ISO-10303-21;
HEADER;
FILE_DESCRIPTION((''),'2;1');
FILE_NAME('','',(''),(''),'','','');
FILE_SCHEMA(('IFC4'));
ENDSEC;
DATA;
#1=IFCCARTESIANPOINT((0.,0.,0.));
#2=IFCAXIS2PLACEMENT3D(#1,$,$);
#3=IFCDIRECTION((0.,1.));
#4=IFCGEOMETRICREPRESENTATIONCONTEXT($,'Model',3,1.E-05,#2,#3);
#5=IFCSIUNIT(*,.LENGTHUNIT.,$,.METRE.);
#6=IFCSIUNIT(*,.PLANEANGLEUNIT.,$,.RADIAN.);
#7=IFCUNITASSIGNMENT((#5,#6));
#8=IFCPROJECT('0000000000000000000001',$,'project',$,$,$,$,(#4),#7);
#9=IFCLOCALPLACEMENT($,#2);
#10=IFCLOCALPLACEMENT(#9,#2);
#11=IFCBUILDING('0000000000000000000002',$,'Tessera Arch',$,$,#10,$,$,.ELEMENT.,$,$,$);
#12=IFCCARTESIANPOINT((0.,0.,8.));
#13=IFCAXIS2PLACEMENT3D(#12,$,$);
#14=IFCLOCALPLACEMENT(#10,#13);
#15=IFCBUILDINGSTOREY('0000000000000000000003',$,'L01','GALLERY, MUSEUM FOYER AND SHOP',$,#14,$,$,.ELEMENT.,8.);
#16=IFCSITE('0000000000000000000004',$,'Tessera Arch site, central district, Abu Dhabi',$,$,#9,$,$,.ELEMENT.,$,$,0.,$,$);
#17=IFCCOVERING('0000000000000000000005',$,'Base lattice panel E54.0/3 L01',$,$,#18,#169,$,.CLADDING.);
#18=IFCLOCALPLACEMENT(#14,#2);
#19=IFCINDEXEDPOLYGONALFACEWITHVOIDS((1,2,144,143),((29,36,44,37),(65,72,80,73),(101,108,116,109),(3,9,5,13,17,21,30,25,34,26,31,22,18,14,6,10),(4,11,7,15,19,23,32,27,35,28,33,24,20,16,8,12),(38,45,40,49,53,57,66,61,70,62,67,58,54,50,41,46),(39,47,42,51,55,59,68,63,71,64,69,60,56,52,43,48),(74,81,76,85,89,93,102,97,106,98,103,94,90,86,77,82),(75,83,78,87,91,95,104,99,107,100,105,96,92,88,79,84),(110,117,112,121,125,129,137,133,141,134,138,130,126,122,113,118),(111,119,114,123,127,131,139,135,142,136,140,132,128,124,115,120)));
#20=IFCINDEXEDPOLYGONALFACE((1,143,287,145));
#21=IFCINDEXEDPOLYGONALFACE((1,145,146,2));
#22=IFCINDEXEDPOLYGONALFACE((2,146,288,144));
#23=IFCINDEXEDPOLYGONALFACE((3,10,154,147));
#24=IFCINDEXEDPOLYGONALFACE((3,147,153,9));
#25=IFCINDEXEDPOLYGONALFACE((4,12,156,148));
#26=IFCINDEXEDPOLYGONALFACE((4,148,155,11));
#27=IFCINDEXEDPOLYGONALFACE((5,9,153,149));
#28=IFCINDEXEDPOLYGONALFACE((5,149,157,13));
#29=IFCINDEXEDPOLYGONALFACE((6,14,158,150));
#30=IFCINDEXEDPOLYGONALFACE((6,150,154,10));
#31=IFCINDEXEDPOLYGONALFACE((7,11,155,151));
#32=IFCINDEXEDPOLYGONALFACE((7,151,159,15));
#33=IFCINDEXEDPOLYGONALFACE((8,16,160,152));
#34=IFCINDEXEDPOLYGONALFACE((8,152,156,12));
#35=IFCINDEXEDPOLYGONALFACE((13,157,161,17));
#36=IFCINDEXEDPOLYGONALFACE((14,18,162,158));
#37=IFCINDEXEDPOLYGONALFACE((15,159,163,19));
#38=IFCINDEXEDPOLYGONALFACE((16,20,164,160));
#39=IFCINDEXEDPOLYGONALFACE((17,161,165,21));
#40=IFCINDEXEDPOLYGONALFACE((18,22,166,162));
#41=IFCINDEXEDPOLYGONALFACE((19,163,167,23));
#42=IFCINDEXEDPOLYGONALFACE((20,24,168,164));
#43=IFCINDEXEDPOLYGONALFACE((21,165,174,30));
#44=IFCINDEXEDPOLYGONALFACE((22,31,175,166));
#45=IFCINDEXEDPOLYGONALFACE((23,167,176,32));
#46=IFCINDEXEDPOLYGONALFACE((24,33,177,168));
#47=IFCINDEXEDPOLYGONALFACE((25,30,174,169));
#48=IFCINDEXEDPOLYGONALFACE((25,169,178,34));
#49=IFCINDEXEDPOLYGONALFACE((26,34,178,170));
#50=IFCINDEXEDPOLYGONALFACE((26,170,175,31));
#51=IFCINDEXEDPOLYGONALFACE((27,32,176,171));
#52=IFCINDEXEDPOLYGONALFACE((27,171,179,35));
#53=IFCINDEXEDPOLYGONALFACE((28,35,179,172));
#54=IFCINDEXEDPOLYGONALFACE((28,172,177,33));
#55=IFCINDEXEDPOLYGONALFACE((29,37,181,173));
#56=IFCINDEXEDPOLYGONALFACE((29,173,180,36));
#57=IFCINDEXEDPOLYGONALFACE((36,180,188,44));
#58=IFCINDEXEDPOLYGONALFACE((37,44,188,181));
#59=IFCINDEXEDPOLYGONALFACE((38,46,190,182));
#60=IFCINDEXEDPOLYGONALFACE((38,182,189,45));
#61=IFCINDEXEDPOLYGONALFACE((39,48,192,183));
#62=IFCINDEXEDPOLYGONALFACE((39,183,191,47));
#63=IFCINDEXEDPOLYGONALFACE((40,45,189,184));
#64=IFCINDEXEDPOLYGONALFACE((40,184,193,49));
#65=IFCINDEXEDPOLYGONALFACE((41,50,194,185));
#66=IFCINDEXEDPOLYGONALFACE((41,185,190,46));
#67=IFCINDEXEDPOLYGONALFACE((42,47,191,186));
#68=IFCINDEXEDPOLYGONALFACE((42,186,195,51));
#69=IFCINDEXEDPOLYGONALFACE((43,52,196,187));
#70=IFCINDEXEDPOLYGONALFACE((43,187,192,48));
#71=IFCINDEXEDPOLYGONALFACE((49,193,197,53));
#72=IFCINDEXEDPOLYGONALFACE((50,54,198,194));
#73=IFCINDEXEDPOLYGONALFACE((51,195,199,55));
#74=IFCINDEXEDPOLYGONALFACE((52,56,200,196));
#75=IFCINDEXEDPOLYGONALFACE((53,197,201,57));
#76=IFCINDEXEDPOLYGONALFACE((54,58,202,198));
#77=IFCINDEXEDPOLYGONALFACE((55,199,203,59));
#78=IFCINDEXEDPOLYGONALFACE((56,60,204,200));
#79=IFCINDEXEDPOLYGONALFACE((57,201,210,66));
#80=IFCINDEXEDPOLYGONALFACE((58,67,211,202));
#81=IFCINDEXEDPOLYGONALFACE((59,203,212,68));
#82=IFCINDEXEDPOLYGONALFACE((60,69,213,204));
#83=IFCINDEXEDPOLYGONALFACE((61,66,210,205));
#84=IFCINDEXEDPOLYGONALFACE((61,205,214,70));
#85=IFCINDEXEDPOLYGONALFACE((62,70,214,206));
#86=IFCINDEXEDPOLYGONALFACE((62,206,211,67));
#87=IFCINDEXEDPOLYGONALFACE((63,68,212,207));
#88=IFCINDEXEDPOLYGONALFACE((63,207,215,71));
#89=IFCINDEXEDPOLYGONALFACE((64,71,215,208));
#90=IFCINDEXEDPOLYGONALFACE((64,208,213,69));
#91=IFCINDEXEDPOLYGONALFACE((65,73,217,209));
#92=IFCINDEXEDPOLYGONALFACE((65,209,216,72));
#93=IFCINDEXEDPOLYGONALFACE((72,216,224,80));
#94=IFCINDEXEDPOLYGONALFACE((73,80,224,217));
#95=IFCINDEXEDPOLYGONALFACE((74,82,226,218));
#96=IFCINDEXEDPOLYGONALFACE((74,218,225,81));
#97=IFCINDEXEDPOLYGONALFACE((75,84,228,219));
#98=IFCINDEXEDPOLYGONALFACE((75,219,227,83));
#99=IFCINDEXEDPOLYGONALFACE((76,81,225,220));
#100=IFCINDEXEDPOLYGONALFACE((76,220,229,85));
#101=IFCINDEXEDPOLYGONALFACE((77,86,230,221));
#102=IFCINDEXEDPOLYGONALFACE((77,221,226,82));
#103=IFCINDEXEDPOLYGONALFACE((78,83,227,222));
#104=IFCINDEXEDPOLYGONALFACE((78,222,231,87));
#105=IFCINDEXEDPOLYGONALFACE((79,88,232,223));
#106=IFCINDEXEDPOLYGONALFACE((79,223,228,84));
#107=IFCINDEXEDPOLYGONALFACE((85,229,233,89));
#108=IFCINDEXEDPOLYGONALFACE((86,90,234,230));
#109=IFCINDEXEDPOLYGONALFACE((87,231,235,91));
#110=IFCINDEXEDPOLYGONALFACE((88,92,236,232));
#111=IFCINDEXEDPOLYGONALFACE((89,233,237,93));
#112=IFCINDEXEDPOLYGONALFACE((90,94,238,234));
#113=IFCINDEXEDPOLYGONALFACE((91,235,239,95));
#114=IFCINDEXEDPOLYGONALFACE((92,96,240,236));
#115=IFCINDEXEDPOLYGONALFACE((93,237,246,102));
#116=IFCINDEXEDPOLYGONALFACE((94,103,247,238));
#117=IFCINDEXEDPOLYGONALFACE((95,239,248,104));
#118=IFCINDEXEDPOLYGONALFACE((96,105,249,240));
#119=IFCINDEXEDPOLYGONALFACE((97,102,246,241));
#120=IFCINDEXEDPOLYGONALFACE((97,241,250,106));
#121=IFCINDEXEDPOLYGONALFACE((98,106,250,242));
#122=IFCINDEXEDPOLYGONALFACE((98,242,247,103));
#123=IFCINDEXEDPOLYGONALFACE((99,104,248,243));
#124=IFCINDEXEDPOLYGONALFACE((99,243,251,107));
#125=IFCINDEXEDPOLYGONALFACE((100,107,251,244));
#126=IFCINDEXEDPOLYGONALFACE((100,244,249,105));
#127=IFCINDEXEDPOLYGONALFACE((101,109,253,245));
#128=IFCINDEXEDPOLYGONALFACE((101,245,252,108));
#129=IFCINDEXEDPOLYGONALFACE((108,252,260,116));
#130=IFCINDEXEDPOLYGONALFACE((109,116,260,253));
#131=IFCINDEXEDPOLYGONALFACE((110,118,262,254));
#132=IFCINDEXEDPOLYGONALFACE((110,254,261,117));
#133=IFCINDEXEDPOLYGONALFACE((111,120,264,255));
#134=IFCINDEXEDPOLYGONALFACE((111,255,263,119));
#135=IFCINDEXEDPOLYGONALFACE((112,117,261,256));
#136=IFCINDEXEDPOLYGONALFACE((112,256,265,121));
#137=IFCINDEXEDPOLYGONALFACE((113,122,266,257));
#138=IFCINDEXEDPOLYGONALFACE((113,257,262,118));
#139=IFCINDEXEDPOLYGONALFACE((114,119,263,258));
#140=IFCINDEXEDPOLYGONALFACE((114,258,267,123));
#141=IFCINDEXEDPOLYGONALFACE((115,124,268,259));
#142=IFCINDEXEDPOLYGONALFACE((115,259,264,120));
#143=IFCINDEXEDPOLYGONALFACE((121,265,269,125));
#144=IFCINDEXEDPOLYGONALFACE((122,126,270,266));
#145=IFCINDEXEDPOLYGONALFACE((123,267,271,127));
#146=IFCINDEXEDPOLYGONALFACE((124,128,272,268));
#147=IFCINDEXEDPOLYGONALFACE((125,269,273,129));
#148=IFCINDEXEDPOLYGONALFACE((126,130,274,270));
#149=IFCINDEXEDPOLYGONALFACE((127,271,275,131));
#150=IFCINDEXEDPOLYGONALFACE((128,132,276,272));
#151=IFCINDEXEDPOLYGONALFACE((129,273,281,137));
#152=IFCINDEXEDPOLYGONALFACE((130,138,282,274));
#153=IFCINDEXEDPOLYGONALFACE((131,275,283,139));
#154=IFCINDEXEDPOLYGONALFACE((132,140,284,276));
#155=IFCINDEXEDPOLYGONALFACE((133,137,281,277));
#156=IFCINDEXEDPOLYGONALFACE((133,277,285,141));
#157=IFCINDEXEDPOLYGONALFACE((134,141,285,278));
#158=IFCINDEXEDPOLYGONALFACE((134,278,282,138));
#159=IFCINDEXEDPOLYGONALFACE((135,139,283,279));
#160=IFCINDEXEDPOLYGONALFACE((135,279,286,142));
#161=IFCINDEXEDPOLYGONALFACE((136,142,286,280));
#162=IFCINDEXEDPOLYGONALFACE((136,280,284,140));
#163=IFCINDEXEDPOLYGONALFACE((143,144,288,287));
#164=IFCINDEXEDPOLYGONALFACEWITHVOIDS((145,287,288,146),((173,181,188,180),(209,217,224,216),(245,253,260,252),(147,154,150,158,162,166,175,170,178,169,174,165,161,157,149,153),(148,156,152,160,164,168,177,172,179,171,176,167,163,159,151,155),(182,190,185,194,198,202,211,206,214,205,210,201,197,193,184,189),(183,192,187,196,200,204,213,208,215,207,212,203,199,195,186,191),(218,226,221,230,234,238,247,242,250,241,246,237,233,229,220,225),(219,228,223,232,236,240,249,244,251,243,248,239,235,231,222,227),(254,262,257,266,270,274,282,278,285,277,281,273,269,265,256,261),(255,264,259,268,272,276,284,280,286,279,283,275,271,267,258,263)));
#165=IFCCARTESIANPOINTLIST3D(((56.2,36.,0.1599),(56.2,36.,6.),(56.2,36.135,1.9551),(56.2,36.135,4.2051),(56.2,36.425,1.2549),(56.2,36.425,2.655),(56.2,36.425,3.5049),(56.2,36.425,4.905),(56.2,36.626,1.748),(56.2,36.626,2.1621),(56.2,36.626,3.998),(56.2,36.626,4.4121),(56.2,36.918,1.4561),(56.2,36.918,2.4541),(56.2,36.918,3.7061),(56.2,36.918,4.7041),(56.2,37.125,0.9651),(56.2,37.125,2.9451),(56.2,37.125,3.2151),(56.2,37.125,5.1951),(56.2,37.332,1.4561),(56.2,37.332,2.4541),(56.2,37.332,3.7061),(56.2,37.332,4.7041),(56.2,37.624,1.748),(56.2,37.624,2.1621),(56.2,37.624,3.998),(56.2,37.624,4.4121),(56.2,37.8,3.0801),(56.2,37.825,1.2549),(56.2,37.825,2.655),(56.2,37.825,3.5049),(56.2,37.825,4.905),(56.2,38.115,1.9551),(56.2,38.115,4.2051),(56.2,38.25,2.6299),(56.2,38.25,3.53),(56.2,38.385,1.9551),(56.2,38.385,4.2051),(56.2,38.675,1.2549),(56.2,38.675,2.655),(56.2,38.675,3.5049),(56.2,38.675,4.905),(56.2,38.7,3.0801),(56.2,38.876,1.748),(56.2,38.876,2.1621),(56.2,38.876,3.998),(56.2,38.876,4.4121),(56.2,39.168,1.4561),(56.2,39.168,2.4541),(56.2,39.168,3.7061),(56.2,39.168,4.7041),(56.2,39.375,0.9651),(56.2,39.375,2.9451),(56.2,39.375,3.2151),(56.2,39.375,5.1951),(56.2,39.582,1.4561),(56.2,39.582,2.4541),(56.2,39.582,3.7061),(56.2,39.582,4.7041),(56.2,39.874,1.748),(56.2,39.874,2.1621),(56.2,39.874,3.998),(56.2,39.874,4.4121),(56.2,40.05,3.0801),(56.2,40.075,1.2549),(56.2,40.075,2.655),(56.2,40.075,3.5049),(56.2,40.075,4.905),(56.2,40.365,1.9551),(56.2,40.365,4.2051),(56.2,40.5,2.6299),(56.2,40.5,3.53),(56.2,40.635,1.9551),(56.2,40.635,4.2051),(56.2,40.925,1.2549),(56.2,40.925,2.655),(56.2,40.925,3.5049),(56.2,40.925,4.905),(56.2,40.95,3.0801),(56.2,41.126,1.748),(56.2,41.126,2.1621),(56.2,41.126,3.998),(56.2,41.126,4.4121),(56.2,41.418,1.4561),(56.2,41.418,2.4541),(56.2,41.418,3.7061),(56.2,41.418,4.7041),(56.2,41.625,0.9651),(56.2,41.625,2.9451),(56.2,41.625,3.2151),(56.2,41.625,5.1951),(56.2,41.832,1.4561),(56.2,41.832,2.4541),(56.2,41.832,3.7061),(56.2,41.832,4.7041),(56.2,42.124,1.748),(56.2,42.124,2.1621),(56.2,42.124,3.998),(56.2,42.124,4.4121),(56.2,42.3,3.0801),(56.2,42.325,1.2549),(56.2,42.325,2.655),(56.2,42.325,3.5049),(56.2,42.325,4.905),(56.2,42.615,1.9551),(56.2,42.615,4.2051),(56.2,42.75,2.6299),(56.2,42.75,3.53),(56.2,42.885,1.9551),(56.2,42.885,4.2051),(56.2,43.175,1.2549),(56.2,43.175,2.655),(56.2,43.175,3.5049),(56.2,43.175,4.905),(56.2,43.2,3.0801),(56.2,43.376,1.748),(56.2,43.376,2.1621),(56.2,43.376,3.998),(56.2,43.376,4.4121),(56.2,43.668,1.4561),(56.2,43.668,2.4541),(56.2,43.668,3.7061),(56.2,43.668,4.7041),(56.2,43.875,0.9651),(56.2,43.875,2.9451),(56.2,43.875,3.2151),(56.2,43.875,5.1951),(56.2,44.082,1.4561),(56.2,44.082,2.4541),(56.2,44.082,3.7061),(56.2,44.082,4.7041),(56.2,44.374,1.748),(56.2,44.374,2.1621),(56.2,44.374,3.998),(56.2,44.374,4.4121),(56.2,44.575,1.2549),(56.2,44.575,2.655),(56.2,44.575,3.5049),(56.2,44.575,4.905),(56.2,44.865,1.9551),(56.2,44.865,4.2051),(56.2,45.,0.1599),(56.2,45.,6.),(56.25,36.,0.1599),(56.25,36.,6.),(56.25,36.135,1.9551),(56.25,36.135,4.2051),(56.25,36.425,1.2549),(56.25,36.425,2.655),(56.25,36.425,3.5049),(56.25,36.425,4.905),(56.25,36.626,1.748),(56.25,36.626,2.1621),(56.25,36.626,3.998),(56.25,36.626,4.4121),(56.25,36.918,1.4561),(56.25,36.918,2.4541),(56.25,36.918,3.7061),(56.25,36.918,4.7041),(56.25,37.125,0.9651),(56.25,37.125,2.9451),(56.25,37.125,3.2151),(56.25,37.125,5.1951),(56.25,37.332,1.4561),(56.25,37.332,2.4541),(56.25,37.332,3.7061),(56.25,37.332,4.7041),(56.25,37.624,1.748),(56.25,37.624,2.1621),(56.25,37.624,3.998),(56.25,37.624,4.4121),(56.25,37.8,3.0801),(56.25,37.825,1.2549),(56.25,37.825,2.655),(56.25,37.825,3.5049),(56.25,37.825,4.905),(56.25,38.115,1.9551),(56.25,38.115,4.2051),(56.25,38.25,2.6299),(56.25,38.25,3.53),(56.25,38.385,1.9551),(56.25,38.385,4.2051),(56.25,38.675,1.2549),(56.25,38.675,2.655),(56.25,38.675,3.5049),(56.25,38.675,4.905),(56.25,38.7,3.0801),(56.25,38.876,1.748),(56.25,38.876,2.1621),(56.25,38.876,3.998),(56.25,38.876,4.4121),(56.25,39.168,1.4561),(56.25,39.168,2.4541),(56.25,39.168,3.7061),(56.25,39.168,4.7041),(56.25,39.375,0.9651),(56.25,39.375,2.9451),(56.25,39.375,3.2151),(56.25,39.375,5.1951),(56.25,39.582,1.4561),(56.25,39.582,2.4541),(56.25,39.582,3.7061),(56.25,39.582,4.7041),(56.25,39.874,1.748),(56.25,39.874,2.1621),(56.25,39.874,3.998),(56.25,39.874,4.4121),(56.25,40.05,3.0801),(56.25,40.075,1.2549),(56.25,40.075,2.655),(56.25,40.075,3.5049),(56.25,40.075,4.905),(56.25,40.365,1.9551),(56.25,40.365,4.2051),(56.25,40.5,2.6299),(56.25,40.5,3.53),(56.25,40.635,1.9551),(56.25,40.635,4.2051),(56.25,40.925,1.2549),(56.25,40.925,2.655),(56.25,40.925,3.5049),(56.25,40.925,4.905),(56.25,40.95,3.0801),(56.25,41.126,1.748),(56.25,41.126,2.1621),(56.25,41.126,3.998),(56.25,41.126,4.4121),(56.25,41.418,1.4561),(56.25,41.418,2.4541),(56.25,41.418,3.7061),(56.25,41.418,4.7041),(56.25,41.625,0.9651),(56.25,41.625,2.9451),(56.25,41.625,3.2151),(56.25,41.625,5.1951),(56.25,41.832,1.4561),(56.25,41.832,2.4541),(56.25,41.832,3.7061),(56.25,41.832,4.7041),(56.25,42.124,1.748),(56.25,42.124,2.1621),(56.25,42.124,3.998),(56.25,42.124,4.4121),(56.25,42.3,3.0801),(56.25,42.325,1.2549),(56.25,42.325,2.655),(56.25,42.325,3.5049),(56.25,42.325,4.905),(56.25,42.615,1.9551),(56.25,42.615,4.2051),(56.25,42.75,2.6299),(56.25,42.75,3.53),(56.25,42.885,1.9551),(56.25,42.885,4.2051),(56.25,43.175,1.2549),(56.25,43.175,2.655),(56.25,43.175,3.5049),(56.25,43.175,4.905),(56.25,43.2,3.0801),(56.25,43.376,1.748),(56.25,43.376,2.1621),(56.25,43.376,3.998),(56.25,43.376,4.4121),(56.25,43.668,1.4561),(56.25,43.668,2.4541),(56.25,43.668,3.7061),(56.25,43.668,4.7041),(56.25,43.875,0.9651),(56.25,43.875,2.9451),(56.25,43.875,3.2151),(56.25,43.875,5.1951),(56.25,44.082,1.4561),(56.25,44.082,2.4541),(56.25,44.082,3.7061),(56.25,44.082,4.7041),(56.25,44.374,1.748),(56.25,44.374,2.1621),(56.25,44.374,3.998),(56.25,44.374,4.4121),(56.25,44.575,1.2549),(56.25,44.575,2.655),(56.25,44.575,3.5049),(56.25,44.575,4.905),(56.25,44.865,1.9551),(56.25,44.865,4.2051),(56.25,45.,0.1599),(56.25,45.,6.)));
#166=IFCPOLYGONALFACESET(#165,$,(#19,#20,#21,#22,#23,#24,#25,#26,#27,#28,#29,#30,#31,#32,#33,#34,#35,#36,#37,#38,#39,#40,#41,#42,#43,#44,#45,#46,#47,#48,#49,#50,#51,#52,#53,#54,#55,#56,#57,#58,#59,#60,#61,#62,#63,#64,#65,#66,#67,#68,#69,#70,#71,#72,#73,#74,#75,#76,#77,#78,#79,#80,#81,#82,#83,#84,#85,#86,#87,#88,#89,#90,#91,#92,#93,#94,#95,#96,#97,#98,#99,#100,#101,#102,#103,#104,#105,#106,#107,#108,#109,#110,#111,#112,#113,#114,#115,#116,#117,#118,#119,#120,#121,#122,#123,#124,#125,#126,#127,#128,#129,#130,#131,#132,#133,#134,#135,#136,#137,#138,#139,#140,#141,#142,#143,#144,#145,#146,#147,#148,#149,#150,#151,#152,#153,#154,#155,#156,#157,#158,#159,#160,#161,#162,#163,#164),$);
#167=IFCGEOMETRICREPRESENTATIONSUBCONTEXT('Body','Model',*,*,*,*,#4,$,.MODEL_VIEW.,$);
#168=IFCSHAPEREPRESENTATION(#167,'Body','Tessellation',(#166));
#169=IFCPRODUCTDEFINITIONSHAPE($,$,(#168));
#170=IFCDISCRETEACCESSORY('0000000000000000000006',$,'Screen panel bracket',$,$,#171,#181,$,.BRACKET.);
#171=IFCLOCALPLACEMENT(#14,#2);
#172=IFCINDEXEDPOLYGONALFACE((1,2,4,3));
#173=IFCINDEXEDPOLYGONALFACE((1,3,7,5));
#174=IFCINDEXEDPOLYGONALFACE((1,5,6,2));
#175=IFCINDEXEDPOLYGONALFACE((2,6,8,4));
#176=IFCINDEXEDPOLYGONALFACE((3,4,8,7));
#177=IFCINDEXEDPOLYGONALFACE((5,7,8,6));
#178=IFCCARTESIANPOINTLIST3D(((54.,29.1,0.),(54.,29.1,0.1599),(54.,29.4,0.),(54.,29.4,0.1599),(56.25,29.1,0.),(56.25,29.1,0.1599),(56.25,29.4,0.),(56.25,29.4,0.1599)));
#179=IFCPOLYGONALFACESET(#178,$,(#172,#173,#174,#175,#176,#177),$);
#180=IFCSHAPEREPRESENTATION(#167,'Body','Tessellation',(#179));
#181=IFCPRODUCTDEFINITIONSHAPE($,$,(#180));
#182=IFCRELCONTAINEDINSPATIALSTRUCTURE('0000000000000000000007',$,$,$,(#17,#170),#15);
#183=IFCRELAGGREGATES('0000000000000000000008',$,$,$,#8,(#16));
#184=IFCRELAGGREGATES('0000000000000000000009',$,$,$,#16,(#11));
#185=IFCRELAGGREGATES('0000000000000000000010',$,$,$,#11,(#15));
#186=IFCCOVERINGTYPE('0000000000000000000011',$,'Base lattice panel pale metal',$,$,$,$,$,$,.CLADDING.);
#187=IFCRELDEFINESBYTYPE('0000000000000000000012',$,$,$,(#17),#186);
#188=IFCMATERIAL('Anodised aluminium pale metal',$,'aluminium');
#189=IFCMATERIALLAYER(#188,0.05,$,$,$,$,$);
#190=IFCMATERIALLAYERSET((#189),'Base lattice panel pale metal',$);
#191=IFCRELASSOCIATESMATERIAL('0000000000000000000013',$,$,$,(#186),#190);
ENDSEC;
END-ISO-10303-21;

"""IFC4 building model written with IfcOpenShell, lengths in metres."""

from ifc_helpers import new_model, si_unit, direction, frame, origin, origin_2d, place, context, subcontext, project, spatial, polyline, rectangle, outline, extrude, material, layer, layer_set, type_object, element, save


model = new_model("IFC4")

# Units and contexts
model_context = context("Model", 3, precision=1e-05, world=origin(), true_north=direction((0.0, 1.0)))
body_context = subcontext(model_context, "Body", "Model", "MODEL_VIEW")
ifc_project = project(units=[si_unit("LENGTHUNIT", "METRE"), si_unit("PLANEANGLEUNIT", "RADIAN")], contexts=[model_context])

# Site, building, storey
site_placement = place(None, origin())
site = spatial("IfcSite", under=ifc_project, at=site_placement, Name="Tessera Arch site, central district, Abu Dhabi", CompositionType="ELEMENT", RefElevation=0.0)
building_placement = place(site_placement, origin())
building = spatial("IfcBuilding", under=site, at=building_placement, Name="Tessera Arch", CompositionType="ELEMENT")
storey_placement = place(building_placement, frame((0.0, 0.0, 8.0)))
storey = spatial("IfcBuildingStorey", under=building, at=storey_placement, Name="L01", Description="GALLERY, MUSEUM FOYER AND SHOP", CompositionType="ELEMENT", Elevation=8.0)

# Covering
ifc_material_1 = material(Name="Anodised aluminium pale metal", Category="aluminium")
ifc_layer_1 = layer(ifc_material_1, 0.05)
ifc_layer_set_1 = layer_set([ifc_layer_1], Name="Base lattice panel pale metal")
covering_type = type_object("IfcCoveringType", Name="Base lattice panel pale metal", PredefinedType="CLADDING", material=ifc_layer_set_1)
covering_placement = place(storey_placement, frame((56.2, 36.0, 6.0), z_axis=(-1.0, 0.0, 0.0), x_axis=(0.0, 1.0, 0.0)))
element("IfcCovering", 1, at=covering_placement, inside=storey, type_object=covering_type, Name="Base lattice panel E54.0/3 L01", PredefinedType="CLADDING", context=body_context, shape_type="SweptSolid", body=[
    extrude(outline(polyline([(0.0, 0.0), (9.0, 0.0), (9.0, 5.8401), (0.0, 5.8401), (0.0, 0.0)]), holes=[polyline([(2.115, 4.0449), (1.624, 3.8379), (1.825, 3.345), (1.332, 3.5459), (1.125, 3.0549), (0.918, 3.5459), (0.425, 3.345), (0.626, 3.8379), (0.135, 4.0449), (0.626, 4.252), (0.425, 4.7451), (0.918, 4.5439), (1.125, 5.0349), (1.332, 4.5439), (1.825, 4.7451), (1.624, 4.252), (2.115, 4.0449)]), polyline([(2.115, 1.7949), (1.624, 1.5879), (1.825, 1.095), (1.332, 1.2959), (1.125, 0.8049), (0.918, 1.2959), (0.425, 1.095), (0.626, 1.5879), (0.135, 1.7949), (0.626, 2.002), (0.425, 2.4951), (0.918, 2.2939), (1.125, 2.7849), (1.332, 2.2939), (1.825, 2.4951), (1.624, 2.002), (2.115, 1.7949)]), polyline([(4.365, 4.0449), (3.874, 3.8379), (4.075, 3.345), (3.582, 3.5459), (3.375, 3.0549), (3.168, 3.5459), (2.675, 3.345), (2.876, 3.8379), (2.385, 4.0449), (2.876, 4.252), (2.675, 4.7451), (3.168, 4.5439), (3.375, 5.0349), (3.582, 4.5439), (4.075, 4.7451), (3.874, 4.252), (4.365, 4.0449)]), polyline([(4.365, 1.7949), (3.874, 1.5879), (4.075, 1.095), (3.582, 1.2959), (3.375, 0.8049), (3.168, 1.2959), (2.675, 1.095), (2.876, 1.5879), (2.385, 1.7949), (2.876, 2.002), (2.675, 2.4951), (3.168, 2.2939), (3.375, 2.7849), (3.582, 2.2939), (4.075, 2.4951), (3.874, 2.002), (4.365, 1.7949)]), polyline([(6.615, 4.0449), (6.124, 3.8379), (6.325, 3.345), (5.832, 3.5459), (5.625, 3.0549), (5.418, 3.5459), (4.925, 3.345), (5.126, 3.8379), (4.635, 4.0449), (5.126, 4.252), (4.925, 4.7451), (5.418, 4.5439), (5.625, 5.0349), (5.832, 4.5439), (6.325, 4.7451), (6.124, 4.252), (6.615, 4.0449)]), polyline([(6.615, 1.7949), (6.124, 1.5879), (6.325, 1.095), (5.832, 1.2959), (5.625, 0.8049), (5.418, 1.2959), (4.925, 1.095), (5.126, 1.5879), (4.635, 1.7949), (5.126, 2.002), (4.925, 2.4951), (5.418, 2.2939), (5.625, 2.7849), (5.832, 2.2939), (6.325, 2.4951), (6.124, 2.002), (6.615, 1.7949)]), polyline([(8.865, 4.0449), (8.374, 3.8379), (8.575, 3.345), (8.082, 3.5459), (7.875, 3.0549), (7.668, 3.5459), (7.175, 3.345), (7.376, 3.8379), (6.885, 4.0449), (7.376, 4.252), (7.175, 4.7451), (7.668, 4.5439), (7.875, 5.0349), (8.082, 4.5439), (8.575, 4.7451), (8.374, 4.252), (8.865, 4.0449)]), polyline([(8.865, 1.7949), (8.374, 1.5879), (8.575, 1.095), (8.082, 1.2959), (7.875, 0.8049), (7.668, 1.2959), (7.175, 1.095), (7.376, 1.5879), (6.885, 1.7949), (7.376, 2.002), (7.175, 2.4951), (7.668, 2.2939), (7.875, 2.7849), (8.082, 2.2939), (8.575, 2.4951), (8.374, 2.002), (8.865, 1.7949)]), polyline([(2.7, 2.9199), (2.25, 2.47), (1.8, 2.9199), (2.25, 3.3701), (2.7, 2.9199)]), polyline([(4.95, 2.9199), (4.5, 2.47), (4.05, 2.9199), (4.5, 3.3701), (4.95, 2.9199)]), polyline([(7.2, 2.9199), (6.75, 2.47), (6.3, 2.9199), (6.75, 3.3701), (7.2, 2.9199)])]), origin(), (0.0, 0.0, -1.0), 0.05),
])

# Discrete accessory
discrete_accessory_1_placement = place(storey_placement, frame((55.125, 29.25, 0.0), z_axis=(0.0, 0.0, 1.0), x_axis=(1.0, 0.0, 0.0)))
element("IfcDiscreteAccessory", 2, at=discrete_accessory_1_placement, inside=storey, Name="Screen panel bracket", PredefinedType="BRACKET", context=body_context, shape_type="SweptSolid", body=[
    extrude(rectangle(XDim=2.25, YDim=0.3, at=origin_2d()), origin(), (0.0, 0.0, 1.0), 0.1599),
])

save(model, "model.ifc")
